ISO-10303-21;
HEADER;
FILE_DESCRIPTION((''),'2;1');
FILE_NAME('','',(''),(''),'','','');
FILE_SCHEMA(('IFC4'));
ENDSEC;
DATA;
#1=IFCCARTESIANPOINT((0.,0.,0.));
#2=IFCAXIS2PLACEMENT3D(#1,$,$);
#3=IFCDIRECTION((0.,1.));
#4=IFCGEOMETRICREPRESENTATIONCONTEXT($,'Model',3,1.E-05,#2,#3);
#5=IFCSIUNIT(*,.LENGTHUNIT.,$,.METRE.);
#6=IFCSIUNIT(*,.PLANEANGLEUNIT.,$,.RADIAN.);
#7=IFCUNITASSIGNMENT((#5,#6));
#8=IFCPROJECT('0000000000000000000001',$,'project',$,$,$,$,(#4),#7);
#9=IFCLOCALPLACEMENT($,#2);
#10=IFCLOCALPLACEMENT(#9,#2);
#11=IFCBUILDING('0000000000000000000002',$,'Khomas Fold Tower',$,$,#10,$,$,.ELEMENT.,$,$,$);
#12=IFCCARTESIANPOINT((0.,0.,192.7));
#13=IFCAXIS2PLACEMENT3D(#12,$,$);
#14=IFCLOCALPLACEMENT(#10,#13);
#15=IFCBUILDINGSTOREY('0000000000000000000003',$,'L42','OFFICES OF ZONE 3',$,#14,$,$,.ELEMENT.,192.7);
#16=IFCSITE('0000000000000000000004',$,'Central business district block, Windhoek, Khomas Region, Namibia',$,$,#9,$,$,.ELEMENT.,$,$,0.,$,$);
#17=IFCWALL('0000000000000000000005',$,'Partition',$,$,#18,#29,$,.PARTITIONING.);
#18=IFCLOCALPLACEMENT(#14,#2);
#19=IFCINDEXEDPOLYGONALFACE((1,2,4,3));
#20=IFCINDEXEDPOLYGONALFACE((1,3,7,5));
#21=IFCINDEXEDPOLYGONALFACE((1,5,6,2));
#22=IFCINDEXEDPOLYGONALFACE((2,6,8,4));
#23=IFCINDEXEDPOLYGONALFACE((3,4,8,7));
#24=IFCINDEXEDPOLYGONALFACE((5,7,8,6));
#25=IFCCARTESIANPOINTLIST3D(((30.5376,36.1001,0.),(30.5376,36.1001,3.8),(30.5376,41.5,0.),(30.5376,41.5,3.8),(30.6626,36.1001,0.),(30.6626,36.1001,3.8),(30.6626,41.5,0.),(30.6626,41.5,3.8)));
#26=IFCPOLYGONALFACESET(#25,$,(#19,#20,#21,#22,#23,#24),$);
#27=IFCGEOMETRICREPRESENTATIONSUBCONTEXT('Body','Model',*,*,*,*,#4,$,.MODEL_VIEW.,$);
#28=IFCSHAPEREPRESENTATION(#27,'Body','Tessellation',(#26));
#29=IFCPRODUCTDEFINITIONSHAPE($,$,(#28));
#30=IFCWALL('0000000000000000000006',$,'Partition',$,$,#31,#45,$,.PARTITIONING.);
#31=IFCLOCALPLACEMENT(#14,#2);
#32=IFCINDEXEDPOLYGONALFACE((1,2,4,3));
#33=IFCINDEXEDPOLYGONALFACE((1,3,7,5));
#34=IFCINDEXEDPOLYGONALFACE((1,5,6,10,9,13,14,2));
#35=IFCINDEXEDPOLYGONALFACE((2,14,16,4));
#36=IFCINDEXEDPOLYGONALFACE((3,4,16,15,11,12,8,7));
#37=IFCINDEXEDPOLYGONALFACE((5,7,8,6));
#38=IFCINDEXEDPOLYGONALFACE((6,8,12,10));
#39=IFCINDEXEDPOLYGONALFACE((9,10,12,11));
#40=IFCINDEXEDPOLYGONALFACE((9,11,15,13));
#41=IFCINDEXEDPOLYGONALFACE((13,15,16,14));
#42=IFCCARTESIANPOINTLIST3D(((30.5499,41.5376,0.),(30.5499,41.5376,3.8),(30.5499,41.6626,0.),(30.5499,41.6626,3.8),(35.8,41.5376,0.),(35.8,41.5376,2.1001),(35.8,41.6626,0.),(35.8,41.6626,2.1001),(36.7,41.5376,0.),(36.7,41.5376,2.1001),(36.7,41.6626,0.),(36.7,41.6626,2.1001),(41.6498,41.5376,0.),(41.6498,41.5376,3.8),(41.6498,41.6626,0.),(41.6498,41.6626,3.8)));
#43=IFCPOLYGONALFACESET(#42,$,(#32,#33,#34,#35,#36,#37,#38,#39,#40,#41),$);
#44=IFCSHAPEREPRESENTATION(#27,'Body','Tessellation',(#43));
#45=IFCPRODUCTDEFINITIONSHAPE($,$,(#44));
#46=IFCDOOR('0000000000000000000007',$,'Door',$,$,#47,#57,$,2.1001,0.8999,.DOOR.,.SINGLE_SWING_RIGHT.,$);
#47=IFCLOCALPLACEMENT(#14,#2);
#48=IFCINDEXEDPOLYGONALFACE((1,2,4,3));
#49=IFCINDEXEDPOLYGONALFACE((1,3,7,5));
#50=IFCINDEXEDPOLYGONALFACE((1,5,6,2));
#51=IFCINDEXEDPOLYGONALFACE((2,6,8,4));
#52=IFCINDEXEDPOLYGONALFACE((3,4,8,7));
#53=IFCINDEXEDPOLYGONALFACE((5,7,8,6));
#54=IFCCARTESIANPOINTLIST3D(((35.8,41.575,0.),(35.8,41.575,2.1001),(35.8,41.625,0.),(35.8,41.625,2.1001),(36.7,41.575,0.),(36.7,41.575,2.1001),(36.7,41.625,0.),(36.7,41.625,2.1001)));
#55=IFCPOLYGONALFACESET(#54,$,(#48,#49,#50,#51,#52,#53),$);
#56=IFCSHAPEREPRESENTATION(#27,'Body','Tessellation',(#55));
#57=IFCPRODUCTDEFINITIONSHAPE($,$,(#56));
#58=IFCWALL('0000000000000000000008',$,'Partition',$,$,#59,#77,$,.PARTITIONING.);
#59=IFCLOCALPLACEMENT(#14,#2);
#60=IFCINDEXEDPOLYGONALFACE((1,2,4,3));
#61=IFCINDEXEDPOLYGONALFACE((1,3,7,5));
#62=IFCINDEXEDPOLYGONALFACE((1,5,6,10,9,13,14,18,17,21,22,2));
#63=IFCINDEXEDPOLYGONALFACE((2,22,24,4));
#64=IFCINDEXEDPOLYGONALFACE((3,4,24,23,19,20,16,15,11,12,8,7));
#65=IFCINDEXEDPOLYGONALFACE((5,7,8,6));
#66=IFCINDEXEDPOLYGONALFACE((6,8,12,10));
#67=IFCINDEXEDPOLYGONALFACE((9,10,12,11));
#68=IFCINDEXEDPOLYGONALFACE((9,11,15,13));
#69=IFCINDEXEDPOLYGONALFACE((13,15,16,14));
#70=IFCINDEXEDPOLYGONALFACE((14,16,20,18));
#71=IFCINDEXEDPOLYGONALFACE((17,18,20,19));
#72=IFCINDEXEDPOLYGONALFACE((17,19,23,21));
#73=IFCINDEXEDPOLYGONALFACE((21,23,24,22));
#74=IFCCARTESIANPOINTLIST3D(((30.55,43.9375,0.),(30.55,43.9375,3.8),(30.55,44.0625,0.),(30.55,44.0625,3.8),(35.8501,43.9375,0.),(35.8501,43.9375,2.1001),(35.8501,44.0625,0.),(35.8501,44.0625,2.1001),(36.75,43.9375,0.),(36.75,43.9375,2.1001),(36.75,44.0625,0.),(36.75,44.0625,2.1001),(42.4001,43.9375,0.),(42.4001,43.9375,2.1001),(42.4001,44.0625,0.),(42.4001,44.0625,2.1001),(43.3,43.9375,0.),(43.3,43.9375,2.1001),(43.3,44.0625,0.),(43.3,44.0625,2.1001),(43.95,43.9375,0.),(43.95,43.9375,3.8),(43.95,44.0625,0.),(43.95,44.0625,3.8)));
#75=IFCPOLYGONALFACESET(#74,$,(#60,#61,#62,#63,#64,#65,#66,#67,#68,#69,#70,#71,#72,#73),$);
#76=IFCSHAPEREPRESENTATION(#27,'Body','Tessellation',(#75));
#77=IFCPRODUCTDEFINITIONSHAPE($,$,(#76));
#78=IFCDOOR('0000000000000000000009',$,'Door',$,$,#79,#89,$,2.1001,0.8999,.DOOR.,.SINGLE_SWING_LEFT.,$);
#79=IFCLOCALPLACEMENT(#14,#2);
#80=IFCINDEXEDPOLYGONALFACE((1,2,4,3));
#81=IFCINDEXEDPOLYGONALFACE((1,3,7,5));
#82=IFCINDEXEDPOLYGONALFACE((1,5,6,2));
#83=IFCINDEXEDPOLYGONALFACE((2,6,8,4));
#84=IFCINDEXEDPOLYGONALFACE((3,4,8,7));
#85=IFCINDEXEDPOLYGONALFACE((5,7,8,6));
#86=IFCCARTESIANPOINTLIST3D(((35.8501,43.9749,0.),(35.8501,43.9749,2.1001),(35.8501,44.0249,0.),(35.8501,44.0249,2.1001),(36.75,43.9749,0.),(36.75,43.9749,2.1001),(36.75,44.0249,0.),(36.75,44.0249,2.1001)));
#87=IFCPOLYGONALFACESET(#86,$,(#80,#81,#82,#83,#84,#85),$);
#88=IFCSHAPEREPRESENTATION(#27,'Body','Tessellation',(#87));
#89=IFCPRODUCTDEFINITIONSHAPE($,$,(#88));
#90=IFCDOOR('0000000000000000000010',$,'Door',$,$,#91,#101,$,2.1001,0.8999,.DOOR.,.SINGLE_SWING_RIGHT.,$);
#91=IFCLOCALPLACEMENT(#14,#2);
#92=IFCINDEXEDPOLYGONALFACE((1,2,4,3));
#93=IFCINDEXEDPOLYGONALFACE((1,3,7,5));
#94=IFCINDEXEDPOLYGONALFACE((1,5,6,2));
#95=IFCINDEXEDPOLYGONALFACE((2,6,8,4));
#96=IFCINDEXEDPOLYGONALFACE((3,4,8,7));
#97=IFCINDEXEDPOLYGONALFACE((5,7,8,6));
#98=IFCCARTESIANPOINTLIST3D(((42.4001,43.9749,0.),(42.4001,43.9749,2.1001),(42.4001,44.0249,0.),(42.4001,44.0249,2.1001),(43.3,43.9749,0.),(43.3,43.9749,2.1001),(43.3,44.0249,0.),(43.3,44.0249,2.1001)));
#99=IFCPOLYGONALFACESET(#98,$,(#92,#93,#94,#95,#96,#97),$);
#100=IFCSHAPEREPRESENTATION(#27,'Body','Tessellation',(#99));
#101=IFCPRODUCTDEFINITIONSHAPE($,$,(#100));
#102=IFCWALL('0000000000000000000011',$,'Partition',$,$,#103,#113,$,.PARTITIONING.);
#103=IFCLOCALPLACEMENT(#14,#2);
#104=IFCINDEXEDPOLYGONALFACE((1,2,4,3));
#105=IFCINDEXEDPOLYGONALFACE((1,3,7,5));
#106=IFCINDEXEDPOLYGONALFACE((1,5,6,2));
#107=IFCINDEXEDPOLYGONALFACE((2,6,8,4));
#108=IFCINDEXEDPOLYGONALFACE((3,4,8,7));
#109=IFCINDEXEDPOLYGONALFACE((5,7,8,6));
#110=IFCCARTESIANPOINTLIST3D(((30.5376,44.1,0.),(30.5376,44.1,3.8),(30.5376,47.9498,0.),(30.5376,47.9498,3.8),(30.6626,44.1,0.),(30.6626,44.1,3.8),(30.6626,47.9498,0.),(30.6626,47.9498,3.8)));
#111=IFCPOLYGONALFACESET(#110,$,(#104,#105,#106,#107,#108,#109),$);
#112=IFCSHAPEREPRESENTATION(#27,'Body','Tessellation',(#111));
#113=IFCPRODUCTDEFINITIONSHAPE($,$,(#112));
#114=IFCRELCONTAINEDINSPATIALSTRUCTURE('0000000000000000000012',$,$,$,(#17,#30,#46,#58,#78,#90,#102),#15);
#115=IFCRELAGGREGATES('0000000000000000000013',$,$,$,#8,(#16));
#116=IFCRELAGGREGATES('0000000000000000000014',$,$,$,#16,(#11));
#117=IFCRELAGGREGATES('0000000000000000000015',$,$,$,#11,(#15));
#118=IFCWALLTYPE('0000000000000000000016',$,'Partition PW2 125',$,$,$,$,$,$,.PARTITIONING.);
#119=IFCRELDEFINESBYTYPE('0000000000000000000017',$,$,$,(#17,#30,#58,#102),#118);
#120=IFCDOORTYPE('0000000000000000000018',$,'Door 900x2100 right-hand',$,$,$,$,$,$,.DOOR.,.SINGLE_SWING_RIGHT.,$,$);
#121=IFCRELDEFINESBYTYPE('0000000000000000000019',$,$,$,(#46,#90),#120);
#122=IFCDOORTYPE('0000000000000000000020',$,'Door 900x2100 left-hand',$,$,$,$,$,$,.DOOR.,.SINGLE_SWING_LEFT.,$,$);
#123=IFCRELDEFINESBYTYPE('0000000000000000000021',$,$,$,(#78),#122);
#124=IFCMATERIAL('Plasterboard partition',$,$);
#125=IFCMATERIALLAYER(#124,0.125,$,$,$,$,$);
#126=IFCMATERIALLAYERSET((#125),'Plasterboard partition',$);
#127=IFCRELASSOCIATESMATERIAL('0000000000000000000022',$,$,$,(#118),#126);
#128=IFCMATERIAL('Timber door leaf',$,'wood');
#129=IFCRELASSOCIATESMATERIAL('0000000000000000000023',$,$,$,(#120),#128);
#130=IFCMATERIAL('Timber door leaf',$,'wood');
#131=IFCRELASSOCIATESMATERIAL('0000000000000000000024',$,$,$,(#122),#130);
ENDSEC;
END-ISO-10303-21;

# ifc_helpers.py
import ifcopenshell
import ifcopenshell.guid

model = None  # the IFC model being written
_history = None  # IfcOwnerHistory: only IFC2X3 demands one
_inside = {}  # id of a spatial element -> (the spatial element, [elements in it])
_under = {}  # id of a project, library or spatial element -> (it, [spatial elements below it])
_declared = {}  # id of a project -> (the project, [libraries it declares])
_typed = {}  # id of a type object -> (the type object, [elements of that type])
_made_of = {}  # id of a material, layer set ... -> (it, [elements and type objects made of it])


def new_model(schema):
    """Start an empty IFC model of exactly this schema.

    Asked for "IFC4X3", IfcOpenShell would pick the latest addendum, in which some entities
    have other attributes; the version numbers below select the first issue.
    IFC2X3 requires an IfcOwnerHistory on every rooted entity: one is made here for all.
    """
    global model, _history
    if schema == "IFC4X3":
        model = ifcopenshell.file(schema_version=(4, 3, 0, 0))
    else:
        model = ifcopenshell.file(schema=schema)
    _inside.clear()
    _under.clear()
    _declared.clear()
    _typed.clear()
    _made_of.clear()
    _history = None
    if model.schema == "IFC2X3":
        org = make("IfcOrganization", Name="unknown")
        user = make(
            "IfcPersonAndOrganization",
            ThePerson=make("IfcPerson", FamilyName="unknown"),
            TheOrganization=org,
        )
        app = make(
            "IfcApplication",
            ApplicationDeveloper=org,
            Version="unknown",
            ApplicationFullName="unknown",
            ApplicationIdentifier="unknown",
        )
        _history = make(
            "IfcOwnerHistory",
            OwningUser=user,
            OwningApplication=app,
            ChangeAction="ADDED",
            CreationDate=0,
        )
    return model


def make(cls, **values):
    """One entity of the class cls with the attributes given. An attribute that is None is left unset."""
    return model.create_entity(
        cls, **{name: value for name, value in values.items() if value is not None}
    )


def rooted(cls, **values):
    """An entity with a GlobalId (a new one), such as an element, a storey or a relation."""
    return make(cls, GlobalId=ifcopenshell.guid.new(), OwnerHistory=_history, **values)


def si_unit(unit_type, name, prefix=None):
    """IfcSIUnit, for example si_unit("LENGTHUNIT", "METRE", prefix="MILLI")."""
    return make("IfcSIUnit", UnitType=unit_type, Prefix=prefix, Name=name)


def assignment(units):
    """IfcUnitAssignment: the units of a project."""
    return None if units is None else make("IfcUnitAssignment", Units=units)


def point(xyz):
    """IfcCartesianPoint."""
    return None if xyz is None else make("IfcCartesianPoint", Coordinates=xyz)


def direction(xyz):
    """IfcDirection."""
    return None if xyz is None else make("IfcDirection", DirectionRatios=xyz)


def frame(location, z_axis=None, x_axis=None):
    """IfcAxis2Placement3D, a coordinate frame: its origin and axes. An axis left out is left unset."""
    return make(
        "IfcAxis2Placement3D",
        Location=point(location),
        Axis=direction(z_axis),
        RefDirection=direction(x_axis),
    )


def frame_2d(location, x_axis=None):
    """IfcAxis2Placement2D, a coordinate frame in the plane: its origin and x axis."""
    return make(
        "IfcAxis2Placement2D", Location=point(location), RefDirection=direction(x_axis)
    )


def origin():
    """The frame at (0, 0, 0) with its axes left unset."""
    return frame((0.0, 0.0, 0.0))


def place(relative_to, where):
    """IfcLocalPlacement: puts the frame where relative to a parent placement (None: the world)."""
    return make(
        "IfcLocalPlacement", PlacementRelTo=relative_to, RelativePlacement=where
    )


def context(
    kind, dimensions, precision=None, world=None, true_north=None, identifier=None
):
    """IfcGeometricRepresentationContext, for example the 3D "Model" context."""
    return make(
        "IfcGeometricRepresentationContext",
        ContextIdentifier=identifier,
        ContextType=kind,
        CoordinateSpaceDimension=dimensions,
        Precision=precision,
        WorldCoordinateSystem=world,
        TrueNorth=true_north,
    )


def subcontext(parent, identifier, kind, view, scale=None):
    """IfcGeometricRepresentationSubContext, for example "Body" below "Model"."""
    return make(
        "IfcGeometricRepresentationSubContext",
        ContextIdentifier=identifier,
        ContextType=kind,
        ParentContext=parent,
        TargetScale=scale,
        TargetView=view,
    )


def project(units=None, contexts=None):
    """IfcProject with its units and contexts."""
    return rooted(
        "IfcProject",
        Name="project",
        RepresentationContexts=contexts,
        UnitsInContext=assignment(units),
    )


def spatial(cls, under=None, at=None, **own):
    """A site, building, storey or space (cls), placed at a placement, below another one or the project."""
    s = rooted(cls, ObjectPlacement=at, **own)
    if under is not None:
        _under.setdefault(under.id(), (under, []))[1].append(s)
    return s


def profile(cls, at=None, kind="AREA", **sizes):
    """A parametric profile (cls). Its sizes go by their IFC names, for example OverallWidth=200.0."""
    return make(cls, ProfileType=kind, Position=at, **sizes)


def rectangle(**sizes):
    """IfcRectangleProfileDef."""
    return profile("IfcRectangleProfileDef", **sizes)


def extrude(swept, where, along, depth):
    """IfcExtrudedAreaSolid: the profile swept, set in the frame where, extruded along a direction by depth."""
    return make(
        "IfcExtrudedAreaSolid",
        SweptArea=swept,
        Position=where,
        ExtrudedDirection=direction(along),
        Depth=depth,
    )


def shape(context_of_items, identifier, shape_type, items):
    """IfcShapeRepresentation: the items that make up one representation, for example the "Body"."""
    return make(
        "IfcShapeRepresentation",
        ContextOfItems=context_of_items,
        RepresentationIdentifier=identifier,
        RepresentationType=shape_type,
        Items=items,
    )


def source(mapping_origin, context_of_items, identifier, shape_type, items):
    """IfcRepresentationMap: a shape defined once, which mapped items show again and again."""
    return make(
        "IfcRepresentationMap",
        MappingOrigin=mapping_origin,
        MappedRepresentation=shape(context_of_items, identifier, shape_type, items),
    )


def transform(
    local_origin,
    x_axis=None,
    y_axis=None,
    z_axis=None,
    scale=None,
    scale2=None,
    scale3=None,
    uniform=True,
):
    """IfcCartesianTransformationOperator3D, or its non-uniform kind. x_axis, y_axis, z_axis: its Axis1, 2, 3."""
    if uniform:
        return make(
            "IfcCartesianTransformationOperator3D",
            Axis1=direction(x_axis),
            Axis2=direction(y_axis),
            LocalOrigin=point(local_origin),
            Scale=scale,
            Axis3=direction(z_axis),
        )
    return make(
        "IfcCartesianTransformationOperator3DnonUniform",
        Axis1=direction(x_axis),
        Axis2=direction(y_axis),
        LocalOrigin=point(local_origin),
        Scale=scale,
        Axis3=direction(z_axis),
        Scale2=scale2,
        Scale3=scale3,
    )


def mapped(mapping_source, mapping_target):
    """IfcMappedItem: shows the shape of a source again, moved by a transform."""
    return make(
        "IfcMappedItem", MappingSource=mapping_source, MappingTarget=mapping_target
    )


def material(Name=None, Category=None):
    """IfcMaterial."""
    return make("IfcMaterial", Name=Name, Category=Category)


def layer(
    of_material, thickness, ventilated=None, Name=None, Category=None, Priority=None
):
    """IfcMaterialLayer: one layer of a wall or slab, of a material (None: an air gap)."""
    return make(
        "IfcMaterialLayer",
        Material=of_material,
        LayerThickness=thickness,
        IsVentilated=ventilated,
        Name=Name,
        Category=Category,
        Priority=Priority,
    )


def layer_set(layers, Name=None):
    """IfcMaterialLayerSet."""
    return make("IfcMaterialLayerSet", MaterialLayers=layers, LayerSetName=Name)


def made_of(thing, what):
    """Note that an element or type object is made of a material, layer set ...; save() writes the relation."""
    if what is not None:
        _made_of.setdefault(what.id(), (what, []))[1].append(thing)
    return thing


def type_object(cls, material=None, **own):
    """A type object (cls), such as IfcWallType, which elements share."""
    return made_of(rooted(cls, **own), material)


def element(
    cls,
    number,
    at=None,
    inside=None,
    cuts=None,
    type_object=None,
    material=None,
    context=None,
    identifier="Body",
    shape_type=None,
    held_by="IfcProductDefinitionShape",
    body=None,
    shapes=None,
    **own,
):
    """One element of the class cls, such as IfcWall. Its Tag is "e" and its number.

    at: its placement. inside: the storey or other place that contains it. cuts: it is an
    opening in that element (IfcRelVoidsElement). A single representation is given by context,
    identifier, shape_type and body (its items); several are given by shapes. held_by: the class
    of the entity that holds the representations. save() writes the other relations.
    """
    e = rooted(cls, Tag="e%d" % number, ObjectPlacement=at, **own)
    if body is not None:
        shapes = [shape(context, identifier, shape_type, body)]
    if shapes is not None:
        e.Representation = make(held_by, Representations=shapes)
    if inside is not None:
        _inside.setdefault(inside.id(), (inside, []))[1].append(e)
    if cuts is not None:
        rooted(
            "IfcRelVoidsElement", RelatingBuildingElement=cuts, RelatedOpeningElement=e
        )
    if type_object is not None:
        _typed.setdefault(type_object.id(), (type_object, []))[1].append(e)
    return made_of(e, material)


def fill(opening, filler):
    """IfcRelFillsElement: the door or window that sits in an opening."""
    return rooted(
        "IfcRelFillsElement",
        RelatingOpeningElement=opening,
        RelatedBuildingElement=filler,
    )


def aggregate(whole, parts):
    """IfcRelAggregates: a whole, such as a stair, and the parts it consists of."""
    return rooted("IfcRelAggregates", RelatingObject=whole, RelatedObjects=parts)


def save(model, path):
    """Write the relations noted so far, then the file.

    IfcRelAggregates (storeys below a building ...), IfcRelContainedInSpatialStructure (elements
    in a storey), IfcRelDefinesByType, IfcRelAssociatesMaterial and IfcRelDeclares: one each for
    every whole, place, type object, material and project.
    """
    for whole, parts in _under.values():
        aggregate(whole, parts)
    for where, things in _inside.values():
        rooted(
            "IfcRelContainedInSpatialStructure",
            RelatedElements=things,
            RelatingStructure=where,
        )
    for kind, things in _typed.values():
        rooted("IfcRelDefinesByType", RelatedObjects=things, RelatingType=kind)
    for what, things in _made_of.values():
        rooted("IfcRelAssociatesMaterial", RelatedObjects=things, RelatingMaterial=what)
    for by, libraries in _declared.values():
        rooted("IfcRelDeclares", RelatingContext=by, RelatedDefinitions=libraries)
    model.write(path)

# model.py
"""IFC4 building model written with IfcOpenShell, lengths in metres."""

from ifc_helpers import new_model, si_unit, direction, frame, frame_2d, origin, place, context, subcontext, project, spatial, rectangle, extrude, source, transform, mapped, material, layer, layer_set, type_object, element, fill, save


model = new_model("IFC4")

# Units and contexts
model_context = context("Model", 3, precision=1e-05, world=origin(), true_north=direction((0.0, 1.0)))
body_context = subcontext(model_context, "Body", "Model", "MODEL_VIEW")
ifc_project = project(units=[si_unit("LENGTHUNIT", "METRE"), si_unit("PLANEANGLEUNIT", "RADIAN")], contexts=[model_context])

# Site, building, storey
site_placement = place(None, origin())
site = spatial("IfcSite", under=ifc_project, at=site_placement, Name="Central business district block, Windhoek, Khomas Region, Namibia", CompositionType="ELEMENT", RefElevation=0.0)
building_placement = place(site_placement, origin())
building = spatial("IfcBuilding", under=site, at=building_placement, Name="Khomas Fold Tower", CompositionType="ELEMENT")
storey_placement = place(building_placement, frame((0.0, 0.0, 192.7)))
storey = spatial("IfcBuildingStorey", under=building, at=storey_placement, Name="L42", Description="OFFICES OF ZONE 3", CompositionType="ELEMENT", Elevation=192.7)

# Wall
ifc_material_1 = material(Name="Plasterboard partition")
ifc_layer_1 = layer(ifc_material_1, 0.125)
ifc_layer_set_1 = layer_set([ifc_layer_1], Name="Plasterboard partition")
wall_type_1 = type_object("IfcWallType", Name="Partition PW2 125", PredefinedType="PARTITIONING", material=ifc_layer_set_1)
shared_shape_1 = source(origin(), body_context, "Body", "SweptSolid", [
    extrude(rectangle(XDim=5.3999, YDim=0.125, at=frame_2d((2.7, 0.0))), origin(), (0.0, 0.0, 1.0), 3.8),
])
wall_1_placement = place(storey_placement, frame((30.6001, 36.1001, 0.0), z_axis=(0.0, 0.0, 1.0), x_axis=(0.0, 1.0, 0.0)))
element("IfcWall", 1, at=wall_1_placement, inside=storey, type_object=wall_type_1, Name="Partition", PredefinedType="PARTITIONING", context=body_context, shape_type="MappedRepresentation", body=[
    mapped(shared_shape_1, transform((0.0, 0.0, 0.0))),
])

# Wall, opening, door
shared_shape_2 = source(origin(), body_context, "Body", "SweptSolid", [
    extrude(rectangle(XDim=11.0999, YDim=0.125, at=frame_2d((5.5498, 0.0))), origin(), (0.0, 0.0, 1.0), 3.8),
])
wall_2_placement = place(storey_placement, frame((30.55, 41.6001, 0.0), z_axis=(0.0, 0.0, 1.0), x_axis=(1.0, 0.0, 0.0)))
wall_2 = element("IfcWall", 2, at=wall_2_placement, inside=storey, type_object=wall_type_1, Name="Partition", PredefinedType="PARTITIONING", context=body_context, shape_type="MappedRepresentation", body=[
    mapped(shared_shape_2, transform((0.0, 0.0, 0.0))),
])
shared_shape_3 = source(origin(), body_context, "Body", "SweptSolid", [
    extrude(rectangle(XDim=0.8999, YDim=2.1001, at=frame_2d((0.45, 1.05))), frame((0.0, 0.0725, 0.0), z_axis=(0.0, -1.0, 0.0), x_axis=(1.0, 0.0, 0.0)), (0.0, 0.0, 1.0), 0.145),
])
opening_1_placement = place(wall_2_placement, frame((5.25, 0.0, 0.0)))
opening_1 = element("IfcOpeningElement", 3, at=opening_1_placement, cuts=wall_2, PredefinedType="OPENING", context=body_context, shape_type="MappedRepresentation", body=[
    mapped(shared_shape_3, transform((0.0, 0.0, 0.0))),
])
ifc_material_2 = material(Name="Timber door leaf", Category="wood")
door_type_1 = type_object("IfcDoorType", Name="Door 900x2100 right-hand", OperationType="SINGLE_SWING_RIGHT", PredefinedType="DOOR", material=ifc_material_2)
shared_shape_4 = source(origin(), body_context, "Body", "SweptSolid", [
    extrude(rectangle(XDim=0.8999, YDim=2.1001, at=frame_2d((0.45, 1.05))), frame((0.0, 0.0249, 0.0), z_axis=(0.0, -1.0, 0.0), x_axis=(1.0, 0.0, 0.0)), (0.0, 0.0, 1.0), 0.05),
])
door_1_placement = place(opening_1_placement, origin())
door_1 = element("IfcDoor", 4, at=door_1_placement, inside=storey, type_object=door_type_1, Name="Door", OperationType="SINGLE_SWING_RIGHT", OverallHeight=2.1001, OverallWidth=0.8999, PredefinedType="DOOR", context=body_context, shape_type="MappedRepresentation", body=[
    mapped(shared_shape_4, transform((0.0, 0.0, 0.0))),
])
fill(opening_1, door_1)

# Wall, openings, doors
shared_shape_5 = source(origin(), body_context, "Body", "SweptSolid", [
    extrude(rectangle(XDim=13.3999, YDim=0.125, at=frame_2d((6.7, 0.0))), origin(), (0.0, 0.0, 1.0), 3.8),
])
wall_3_placement = place(storey_placement, frame((30.55, 44.0, 0.0), z_axis=(0.0, 0.0, 1.0), x_axis=(1.0, 0.0, 0.0)))
wall_3 = element("IfcWall", 5, at=wall_3_placement, inside=storey, type_object=wall_type_1, Name="Partition", PredefinedType="PARTITIONING", context=body_context, shape_type="MappedRepresentation", body=[
    mapped(shared_shape_5, transform((0.0, 0.0, 0.0))),
])
opening_2_placement = place(wall_3_placement, frame((5.3, 0.0, 0.0)))
opening_2 = element("IfcOpeningElement", 6, at=opening_2_placement, cuts=wall_3, PredefinedType="OPENING", context=body_context, shape_type="MappedRepresentation", body=[
    mapped(shared_shape_3, transform((0.0, 0.0, 0.0))),
])
opening_3_placement = place(wall_3_placement, frame((11.8501, 0.0, 0.0)))
opening_3 = element("IfcOpeningElement", 7, at=opening_3_placement, cuts=wall_3, PredefinedType="OPENING", context=body_context, shape_type="MappedRepresentation", body=[
    mapped(shared_shape_3, transform((0.0, 0.0, 0.0))),
])
ifc_material_3 = material(Name="Timber door leaf", Category="wood")
door_type_2 = type_object("IfcDoorType", Name="Door 900x2100 left-hand", OperationType="SINGLE_SWING_LEFT", PredefinedType="DOOR", material=ifc_material_3)
door_2_placement = place(opening_2_placement, origin())
door_2 = element("IfcDoor", 8, at=door_2_placement, inside=storey, type_object=door_type_2, Name="Door", OperationType="SINGLE_SWING_LEFT", OverallHeight=2.1001, OverallWidth=0.8999, PredefinedType="DOOR", context=body_context, shape_type="MappedRepresentation", body=[
    mapped(shared_shape_4, transform((0.0, 0.0, 0.0))),
])
fill(opening_2, door_2)
door_3_placement = place(opening_3_placement, origin())
door_3 = element("IfcDoor", 9, at=door_3_placement, inside=storey, type_object=door_type_1, Name="Door", OperationType="SINGLE_SWING_RIGHT", OverallHeight=2.1001, OverallWidth=0.8999, PredefinedType="DOOR", context=body_context, shape_type="MappedRepresentation", body=[
    mapped(shared_shape_4, transform((0.0, 0.0, 0.0))),
])
fill(opening_3, door_3)

# Wall
shared_shape_6 = source(origin(), body_context, "Body", "SweptSolid", [
    extrude(rectangle(XDim=3.8499, YDim=0.125, at=frame_2d((1.9248, 0.0))), origin(), (0.0, 0.0, 1.0), 3.8),
])
wall_4_placement = place(storey_placement, frame((30.6001, 44.1001, 0.0), z_axis=(0.0, 0.0, 1.0), x_axis=(0.0, 1.0, 0.0)))
element("IfcWall", 10, at=wall_4_placement, inside=storey, type_object=wall_type_1, Name="Partition", PredefinedType="PARTITIONING", context=body_context, shape_type="MappedRepresentation", body=[
    mapped(shared_shape_6, transform((0.0, 0.0, 0.0))),
])

save(model, "model.ifc")
